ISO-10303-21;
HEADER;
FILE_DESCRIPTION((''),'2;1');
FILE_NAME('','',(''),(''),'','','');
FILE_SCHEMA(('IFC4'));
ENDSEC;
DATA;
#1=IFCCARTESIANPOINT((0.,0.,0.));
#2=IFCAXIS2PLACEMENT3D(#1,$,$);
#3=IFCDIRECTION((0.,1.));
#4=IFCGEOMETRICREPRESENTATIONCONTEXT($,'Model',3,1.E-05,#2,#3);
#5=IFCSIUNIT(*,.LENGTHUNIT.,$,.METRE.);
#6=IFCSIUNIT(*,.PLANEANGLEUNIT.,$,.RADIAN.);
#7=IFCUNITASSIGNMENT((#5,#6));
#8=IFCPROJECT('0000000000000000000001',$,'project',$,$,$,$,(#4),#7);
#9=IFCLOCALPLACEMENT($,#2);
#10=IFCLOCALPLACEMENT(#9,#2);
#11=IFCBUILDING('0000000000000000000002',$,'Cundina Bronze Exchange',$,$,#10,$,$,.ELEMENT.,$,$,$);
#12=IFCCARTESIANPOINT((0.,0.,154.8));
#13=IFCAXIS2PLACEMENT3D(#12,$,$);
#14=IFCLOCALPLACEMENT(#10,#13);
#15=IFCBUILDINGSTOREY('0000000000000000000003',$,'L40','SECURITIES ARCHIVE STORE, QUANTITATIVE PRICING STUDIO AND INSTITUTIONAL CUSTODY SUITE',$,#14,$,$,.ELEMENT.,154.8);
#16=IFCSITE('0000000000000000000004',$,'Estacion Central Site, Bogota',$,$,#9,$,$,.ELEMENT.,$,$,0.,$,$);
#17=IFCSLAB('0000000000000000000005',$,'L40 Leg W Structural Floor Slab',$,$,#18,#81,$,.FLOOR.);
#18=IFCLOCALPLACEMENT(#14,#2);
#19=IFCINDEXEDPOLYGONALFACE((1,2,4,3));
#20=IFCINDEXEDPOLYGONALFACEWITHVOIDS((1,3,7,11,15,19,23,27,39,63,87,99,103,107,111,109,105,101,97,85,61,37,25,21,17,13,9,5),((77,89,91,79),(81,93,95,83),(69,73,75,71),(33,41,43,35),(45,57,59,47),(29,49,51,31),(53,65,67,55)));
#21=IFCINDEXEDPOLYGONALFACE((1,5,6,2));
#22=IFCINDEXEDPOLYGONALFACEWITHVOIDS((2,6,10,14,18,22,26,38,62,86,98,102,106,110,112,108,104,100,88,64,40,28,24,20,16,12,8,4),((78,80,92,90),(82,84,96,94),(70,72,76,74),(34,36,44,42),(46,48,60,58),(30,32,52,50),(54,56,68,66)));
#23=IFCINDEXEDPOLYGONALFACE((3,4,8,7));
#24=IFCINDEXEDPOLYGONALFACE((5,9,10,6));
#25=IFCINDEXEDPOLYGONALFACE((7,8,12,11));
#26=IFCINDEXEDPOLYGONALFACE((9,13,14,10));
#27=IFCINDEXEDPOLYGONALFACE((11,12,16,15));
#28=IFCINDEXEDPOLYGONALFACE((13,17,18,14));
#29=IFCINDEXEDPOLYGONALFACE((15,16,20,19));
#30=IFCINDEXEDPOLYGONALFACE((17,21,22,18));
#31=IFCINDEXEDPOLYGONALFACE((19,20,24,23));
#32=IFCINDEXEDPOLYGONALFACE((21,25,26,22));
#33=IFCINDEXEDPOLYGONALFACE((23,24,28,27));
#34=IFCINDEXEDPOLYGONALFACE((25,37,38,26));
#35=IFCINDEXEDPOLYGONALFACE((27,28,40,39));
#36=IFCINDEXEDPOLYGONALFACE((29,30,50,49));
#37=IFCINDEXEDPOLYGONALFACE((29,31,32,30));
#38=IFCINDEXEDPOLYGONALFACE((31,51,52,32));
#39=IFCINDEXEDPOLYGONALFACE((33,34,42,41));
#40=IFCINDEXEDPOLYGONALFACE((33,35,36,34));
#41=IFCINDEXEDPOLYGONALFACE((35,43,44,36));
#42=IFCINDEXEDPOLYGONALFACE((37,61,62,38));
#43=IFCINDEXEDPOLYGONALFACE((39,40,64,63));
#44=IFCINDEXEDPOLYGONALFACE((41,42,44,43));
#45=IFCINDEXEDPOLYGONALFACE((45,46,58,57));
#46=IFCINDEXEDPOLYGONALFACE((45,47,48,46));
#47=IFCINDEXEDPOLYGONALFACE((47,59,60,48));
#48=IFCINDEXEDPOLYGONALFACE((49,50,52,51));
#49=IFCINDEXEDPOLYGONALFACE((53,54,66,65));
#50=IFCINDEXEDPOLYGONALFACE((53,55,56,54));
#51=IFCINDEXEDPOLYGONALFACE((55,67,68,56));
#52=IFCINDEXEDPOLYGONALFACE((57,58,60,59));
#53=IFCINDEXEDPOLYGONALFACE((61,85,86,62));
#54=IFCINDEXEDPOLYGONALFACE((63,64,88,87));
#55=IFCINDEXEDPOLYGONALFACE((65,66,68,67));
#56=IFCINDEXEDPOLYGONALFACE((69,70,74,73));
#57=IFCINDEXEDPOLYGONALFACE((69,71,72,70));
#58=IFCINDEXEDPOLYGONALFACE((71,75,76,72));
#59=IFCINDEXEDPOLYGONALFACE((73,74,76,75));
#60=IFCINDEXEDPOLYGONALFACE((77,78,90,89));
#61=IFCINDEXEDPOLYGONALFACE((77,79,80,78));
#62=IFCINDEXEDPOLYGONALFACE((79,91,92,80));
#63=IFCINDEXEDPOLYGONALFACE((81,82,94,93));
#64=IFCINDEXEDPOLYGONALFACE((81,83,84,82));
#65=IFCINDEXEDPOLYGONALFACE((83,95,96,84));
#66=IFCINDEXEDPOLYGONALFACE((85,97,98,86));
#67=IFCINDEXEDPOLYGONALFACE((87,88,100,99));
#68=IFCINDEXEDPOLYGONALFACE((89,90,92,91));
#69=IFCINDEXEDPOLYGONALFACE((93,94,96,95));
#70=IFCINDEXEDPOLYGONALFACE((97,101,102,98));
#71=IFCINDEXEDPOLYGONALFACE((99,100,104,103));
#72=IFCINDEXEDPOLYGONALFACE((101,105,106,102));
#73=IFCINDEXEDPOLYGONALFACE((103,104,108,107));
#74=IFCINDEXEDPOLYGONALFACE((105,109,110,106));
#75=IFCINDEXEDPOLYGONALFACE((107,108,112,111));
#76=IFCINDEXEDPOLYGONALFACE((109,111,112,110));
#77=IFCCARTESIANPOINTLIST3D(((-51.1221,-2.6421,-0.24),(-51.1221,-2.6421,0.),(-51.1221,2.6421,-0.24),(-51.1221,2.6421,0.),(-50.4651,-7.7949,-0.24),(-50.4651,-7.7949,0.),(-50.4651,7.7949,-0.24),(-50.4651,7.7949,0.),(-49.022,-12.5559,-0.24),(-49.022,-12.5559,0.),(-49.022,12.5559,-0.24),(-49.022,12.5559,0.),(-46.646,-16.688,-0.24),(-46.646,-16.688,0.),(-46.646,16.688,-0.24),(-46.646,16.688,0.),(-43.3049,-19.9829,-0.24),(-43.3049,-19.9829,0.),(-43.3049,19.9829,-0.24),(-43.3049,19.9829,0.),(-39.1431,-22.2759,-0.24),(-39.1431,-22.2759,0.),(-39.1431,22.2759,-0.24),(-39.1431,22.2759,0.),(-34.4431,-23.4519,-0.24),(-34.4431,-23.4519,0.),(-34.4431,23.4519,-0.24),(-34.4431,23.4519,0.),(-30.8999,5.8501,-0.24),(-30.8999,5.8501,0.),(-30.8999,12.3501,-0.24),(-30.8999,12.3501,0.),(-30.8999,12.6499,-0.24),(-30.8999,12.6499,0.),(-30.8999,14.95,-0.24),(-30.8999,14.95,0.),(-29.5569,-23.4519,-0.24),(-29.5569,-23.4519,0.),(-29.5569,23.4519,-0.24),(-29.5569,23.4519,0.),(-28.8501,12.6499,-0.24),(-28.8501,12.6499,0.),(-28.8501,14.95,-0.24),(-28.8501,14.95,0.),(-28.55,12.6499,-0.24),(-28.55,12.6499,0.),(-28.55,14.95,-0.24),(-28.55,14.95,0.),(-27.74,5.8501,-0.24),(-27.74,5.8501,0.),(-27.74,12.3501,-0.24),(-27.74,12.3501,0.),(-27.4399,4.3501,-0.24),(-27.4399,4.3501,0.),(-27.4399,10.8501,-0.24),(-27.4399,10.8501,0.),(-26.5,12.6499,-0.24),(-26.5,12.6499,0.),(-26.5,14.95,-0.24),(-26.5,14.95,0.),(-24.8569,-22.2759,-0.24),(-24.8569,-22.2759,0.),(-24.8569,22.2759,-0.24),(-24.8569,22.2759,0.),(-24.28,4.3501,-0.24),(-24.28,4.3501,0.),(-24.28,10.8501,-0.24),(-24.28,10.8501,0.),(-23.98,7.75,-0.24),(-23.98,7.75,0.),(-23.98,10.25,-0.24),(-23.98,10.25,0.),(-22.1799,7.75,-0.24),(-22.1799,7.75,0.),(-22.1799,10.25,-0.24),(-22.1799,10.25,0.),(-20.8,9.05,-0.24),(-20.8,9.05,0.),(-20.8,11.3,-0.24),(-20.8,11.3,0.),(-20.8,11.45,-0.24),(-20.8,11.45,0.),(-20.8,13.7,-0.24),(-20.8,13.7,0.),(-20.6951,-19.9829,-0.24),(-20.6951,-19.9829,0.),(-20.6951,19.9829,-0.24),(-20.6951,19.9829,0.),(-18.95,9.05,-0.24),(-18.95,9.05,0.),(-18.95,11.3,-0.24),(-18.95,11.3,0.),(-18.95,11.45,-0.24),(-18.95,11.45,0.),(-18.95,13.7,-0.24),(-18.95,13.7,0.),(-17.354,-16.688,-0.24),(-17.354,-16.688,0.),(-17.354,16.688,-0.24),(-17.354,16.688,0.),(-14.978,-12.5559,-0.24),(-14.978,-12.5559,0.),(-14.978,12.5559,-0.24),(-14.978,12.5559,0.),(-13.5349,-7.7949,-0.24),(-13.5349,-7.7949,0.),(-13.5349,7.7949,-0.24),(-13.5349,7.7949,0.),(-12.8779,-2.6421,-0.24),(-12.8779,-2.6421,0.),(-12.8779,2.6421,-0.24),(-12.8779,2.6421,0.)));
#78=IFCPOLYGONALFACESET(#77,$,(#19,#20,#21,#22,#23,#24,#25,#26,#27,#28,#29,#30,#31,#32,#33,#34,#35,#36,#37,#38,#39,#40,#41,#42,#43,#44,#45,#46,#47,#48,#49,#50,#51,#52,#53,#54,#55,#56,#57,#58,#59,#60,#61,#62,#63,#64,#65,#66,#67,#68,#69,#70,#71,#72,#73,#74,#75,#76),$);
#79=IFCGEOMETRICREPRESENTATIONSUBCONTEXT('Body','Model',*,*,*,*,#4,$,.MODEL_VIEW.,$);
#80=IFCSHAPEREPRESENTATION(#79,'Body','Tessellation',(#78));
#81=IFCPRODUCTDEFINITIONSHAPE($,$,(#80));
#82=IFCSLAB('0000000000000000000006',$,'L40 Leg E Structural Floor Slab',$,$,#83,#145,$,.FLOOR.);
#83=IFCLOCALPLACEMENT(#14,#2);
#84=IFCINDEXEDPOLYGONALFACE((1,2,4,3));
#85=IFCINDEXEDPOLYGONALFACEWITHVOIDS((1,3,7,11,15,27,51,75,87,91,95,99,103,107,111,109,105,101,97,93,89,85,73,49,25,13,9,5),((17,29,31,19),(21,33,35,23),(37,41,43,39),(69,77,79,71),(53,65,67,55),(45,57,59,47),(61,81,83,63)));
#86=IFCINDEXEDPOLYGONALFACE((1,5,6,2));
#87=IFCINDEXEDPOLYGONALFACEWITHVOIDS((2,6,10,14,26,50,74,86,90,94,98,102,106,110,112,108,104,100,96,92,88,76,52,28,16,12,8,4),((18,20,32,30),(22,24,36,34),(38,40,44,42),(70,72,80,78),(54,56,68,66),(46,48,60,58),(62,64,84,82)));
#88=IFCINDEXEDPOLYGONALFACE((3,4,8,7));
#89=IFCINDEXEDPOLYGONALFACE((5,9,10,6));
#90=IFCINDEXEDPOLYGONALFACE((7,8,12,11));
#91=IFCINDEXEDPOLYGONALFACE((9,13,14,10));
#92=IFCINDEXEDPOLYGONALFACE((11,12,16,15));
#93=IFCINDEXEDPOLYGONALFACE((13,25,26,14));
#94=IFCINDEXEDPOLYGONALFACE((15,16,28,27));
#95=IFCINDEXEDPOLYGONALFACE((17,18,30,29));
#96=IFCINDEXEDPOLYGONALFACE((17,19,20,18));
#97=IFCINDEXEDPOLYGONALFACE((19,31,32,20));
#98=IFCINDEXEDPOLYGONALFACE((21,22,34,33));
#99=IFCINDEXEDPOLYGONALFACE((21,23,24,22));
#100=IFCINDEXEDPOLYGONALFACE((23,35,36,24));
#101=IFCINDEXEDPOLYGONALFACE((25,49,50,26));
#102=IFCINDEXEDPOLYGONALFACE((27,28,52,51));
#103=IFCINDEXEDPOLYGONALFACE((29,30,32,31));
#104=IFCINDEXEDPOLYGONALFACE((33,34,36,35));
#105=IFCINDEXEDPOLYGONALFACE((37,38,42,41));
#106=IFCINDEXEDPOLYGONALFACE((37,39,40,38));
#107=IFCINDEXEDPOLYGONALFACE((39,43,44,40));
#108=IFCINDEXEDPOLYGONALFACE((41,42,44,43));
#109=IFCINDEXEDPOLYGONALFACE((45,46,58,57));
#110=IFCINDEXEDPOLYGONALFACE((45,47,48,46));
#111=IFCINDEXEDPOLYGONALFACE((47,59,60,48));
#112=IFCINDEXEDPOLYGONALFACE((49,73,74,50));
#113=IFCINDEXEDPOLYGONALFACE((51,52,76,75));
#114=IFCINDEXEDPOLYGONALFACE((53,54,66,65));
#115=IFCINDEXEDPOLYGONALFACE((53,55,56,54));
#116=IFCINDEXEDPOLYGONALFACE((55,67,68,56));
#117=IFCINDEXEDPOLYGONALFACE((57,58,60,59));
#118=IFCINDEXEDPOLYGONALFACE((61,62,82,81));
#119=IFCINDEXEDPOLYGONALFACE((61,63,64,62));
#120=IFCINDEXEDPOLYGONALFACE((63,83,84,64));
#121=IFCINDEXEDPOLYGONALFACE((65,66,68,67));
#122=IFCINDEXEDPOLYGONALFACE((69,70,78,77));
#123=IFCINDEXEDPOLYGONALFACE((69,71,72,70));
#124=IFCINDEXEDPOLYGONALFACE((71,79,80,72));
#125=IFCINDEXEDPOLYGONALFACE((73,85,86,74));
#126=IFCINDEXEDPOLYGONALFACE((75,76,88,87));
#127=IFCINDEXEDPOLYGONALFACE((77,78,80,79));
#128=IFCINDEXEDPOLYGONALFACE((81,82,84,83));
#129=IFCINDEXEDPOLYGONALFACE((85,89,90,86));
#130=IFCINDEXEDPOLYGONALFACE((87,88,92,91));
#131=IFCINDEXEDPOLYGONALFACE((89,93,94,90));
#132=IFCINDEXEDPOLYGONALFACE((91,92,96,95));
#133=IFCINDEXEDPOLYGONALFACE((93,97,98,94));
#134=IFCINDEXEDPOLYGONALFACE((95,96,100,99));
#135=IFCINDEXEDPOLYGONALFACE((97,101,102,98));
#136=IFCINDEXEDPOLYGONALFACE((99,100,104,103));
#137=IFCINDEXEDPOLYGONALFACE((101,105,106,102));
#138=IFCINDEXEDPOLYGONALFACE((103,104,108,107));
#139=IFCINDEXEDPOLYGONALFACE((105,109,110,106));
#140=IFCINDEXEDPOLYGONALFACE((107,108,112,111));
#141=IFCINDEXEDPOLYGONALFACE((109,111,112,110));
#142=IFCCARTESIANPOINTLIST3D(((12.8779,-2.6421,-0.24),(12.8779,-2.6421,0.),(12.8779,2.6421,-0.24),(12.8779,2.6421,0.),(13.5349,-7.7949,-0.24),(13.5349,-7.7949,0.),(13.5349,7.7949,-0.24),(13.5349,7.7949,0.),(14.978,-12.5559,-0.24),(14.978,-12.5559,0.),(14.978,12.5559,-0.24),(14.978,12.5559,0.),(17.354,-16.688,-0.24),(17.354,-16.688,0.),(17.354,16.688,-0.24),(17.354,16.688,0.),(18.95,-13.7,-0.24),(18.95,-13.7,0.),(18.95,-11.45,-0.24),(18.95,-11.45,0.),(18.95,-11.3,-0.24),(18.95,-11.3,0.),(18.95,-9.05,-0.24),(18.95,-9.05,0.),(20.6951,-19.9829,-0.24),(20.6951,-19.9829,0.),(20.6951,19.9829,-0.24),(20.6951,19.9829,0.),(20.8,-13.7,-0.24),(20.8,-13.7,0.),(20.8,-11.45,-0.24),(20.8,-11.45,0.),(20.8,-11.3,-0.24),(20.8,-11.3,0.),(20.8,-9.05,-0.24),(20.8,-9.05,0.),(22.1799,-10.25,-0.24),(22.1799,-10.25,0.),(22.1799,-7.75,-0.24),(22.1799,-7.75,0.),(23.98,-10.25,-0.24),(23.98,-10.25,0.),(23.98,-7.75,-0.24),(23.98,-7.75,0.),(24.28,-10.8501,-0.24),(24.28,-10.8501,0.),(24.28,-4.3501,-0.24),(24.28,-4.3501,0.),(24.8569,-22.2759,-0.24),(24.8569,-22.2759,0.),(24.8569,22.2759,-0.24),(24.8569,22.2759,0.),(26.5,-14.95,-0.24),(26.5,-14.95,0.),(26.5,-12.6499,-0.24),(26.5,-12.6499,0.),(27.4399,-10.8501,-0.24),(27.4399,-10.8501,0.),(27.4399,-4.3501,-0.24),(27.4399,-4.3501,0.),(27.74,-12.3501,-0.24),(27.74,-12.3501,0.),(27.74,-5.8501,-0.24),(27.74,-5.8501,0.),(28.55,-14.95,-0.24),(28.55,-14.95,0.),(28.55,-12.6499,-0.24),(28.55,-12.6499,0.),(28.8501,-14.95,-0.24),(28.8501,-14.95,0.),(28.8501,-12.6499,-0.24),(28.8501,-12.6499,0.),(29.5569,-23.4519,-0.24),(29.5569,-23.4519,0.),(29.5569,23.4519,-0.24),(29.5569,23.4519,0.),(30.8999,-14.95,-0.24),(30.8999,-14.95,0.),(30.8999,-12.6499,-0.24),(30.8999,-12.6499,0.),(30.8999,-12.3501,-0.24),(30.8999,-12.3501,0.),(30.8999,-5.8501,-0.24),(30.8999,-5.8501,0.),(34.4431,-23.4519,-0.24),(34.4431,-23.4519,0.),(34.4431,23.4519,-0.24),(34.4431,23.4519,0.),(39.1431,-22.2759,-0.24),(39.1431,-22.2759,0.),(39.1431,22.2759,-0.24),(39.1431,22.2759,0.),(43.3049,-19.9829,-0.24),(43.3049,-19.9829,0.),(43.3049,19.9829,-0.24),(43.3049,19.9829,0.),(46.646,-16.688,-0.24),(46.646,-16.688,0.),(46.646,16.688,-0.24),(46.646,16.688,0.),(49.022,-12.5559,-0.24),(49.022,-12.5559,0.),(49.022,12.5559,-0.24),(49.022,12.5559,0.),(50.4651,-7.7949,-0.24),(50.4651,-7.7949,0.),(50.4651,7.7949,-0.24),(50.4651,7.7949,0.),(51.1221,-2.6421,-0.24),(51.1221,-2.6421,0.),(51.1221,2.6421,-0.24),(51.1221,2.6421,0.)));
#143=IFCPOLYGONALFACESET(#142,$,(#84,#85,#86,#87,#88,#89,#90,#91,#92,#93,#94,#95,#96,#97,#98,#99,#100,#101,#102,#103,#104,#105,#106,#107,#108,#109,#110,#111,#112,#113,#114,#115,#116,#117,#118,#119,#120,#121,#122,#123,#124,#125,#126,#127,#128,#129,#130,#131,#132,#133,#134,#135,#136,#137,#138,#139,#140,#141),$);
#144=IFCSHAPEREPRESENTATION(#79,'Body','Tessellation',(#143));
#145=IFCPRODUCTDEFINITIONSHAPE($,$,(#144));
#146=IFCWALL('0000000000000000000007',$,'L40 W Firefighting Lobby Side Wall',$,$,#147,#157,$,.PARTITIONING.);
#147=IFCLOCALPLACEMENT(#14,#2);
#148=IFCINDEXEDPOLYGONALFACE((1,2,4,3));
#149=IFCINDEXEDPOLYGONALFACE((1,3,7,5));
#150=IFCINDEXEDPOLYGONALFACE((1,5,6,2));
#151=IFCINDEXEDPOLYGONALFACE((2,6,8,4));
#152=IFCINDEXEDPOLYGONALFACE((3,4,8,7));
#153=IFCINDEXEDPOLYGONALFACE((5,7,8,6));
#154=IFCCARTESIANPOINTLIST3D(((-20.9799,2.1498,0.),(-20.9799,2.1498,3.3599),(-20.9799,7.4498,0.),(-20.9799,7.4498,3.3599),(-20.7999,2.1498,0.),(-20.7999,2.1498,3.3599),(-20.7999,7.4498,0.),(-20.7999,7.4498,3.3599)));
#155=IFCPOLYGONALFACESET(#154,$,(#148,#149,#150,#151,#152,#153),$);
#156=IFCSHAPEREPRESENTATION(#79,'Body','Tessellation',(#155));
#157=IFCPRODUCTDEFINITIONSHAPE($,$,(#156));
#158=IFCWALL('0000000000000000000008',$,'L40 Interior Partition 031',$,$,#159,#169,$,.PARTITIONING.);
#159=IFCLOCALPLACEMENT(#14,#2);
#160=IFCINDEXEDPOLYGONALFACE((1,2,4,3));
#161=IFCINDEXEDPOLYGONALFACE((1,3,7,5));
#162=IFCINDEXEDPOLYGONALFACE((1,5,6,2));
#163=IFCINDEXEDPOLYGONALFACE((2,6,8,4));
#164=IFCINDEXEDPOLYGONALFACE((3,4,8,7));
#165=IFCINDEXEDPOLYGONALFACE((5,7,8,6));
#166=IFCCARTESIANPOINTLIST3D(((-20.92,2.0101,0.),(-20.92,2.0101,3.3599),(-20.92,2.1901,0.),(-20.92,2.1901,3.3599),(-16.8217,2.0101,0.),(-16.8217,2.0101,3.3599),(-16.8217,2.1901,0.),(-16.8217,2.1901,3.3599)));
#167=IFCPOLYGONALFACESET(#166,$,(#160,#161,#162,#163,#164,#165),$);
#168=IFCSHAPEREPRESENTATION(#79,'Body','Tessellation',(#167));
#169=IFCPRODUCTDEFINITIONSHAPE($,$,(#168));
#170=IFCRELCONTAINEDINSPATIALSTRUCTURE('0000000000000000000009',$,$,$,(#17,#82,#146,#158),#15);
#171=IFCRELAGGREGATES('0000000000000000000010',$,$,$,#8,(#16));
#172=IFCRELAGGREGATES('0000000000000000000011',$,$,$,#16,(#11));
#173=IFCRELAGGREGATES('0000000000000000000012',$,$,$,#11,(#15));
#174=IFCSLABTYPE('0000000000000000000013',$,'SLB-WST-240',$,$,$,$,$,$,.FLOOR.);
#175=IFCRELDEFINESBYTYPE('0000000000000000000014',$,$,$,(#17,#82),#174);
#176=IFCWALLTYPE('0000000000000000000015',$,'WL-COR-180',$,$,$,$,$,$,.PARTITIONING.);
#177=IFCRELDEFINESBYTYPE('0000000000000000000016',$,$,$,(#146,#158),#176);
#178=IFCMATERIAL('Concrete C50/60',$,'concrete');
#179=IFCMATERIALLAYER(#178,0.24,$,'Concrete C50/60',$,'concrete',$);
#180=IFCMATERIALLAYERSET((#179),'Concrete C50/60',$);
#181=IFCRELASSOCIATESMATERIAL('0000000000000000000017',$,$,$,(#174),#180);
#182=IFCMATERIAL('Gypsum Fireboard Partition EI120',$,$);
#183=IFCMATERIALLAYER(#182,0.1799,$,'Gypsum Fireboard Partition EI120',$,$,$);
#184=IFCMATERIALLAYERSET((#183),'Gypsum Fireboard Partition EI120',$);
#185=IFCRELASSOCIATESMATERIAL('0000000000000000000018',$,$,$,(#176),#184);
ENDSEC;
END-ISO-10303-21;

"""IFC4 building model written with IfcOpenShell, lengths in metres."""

from ifc_helpers import new_model, si_unit, direction, frame, frame_2d, origin, place, context, subcontext, project, spatial, polyline, rectangle, outline, extrude, material, layer, layer_set, type_object, element, save


model = new_model("IFC4")

# Units and contexts
model_context = context("Model", 3, precision=1e-05, world=origin(), true_north=direction((0.0, 1.0)))
body_context = subcontext(model_context, "Body", "Model", "MODEL_VIEW")
ifc_project = project(units=[si_unit("LENGTHUNIT", "METRE"), si_unit("PLANEANGLEUNIT", "RADIAN")], contexts=[model_context])

# Site, building, storey
site_placement = place(None, origin())
site = spatial("IfcSite", under=ifc_project, at=site_placement, Name="Estacion Central Site, Bogota", CompositionType="ELEMENT", RefElevation=0.0)
building_placement = place(site_placement, origin())
building = spatial("IfcBuilding", under=site, at=building_placement, Name="Cundina Bronze Exchange", CompositionType="ELEMENT")
storey_placement = place(building_placement, frame((0.0, 0.0, 154.8)))
storey = spatial("IfcBuildingStorey", under=building, at=storey_placement, Name="L40", Description="SECURITIES ARCHIVE STORE, QUANTITATIVE PRICING STUDIO AND INSTITUTIONAL CUSTODY SUITE", CompositionType="ELEMENT", Elevation=154.8)

# Shared definitions
ifc_material_1 = material(Name="Concrete C50/60", Category="concrete")

# Slabs
ifc_layer_1 = layer(ifc_material_1, 0.24, Name="Concrete C50/60", Category="concrete")
ifc_layer_set_1 = layer_set([ifc_layer_1], Name="Concrete C50/60")
slab_type_1 = type_object("IfcSlabType", Name="SLB-WST-240", PredefinedType="FLOOR", material=ifc_layer_set_1)
slab_1_placement = place(storey_placement, frame((0.0, 0.0, -0.24)))
element("IfcSlab", 1, at=slab_1_placement, inside=storey, type_object=slab_type_1, Name="L40 Leg W Structural Floor Slab", PredefinedType="FLOOR", context=body_context, shape_type="SweptSolid", body=[
    extrude(outline(polyline([(-12.8779, 2.6421), (-13.5349, 7.7949), (-14.978, 12.5559), (-17.354, 16.688), (-20.6951, 19.9829), (-24.8569, 22.2759), (-29.5569, 23.4519), (-34.4431, 23.4519), (-39.1431, 22.2759), (-43.3049, 19.9829), (-46.646, 16.688), (-49.022, 12.5559), (-50.4651, 7.7949), (-51.1221, 2.6421), (-51.1221, -2.6421), (-50.4651, -7.7949), (-49.022, -12.5559), (-46.646, -16.688), (-43.3049, -19.9829), (-39.1431, -22.2759), (-34.4431, -23.4519), (-29.5569, -23.4519), (-24.8569, -22.2759), (-20.6951, -19.9829), (-17.354, -16.688), (-14.978, -12.5559), (-13.5349, -7.7949), (-12.8779, -2.6421), (-12.8779, 2.6421)]), holes=[polyline([(-27.74, 5.8501), (-27.74, 12.3501), (-30.8999, 12.3501), (-30.8999, 5.8501), (-27.74, 5.8501)]), polyline([(-27.4399, 10.8501), (-27.4399, 4.3501), (-24.28, 4.3501), (-24.28, 10.8501), (-27.4399, 10.8501)]), polyline([(-23.98, 10.25), (-22.1799, 10.25), (-22.1799, 7.75), (-23.98, 7.75), (-23.98, 10.25)]), polyline([(-30.8999, 14.95), (-28.8501, 14.95), (-28.8501, 12.6499), (-30.8999, 12.6499), (-30.8999, 14.95)]), polyline([(-28.55, 14.95), (-26.5, 14.95), (-26.5, 12.6499), (-28.55, 12.6499), (-28.55, 14.95)]), polyline([(-20.8, 13.7), (-18.95, 13.7), (-18.95, 11.45), (-20.8, 11.45), (-20.8, 13.7)]), polyline([(-20.8, 11.3), (-18.95, 11.3), (-18.95, 9.05), (-20.8, 9.05), (-20.8, 11.3)])]), origin(), (0.0, 0.0, 1.0), 0.24),
])
slab_2_placement = place(storey_placement, frame((0.0, 0.0, -0.24)))
element("IfcSlab", 2, at=slab_2_placement, inside=storey, type_object=slab_type_1, Name="L40 Leg E Structural Floor Slab", PredefinedType="FLOOR", context=body_context, shape_type="SweptSolid", body=[
    extrude(outline(polyline([(51.1221, 2.6421), (50.4651, 7.7949), (49.022, 12.5559), (46.646, 16.688), (43.3049, 19.9829), (39.1431, 22.2759), (34.4431, 23.4519), (29.5569, 23.4519), (24.8569, 22.2759), (20.6951, 19.9829), (17.354, 16.688), (14.978, 12.5559), (13.5349, 7.7949), (12.8779, 2.6421), (12.8779, -2.6421), (13.5349, -7.7949), (14.978, -12.5559), (17.354, -16.688), (20.6951, -19.9829), (24.8569, -22.2759), (29.5569, -23.4519), (34.4431, -23.4519), (39.1431, -22.2759), (43.3049, -19.9829), (46.646, -16.688), (49.022, -12.5559), (50.4651, -7.7949), (51.1221, -2.6421), (51.1221, 2.6421)]), holes=[polyline([(27.74, -5.8501), (27.74, -12.3501), (30.8999, -12.3501), (30.8999, -5.8501), (27.74, -5.8501)]), polyline([(27.4399, -10.8501), (27.4399, -4.3501), (24.28, -4.3501), (24.28, -10.8501), (27.4399, -10.8501)]), polyline([(22.1799, -7.75), (23.98, -7.75), (23.98, -10.25), (22.1799, -10.25), (22.1799, -7.75)]), polyline([(28.8501, -12.6499), (30.8999, -12.6499), (30.8999, -14.95), (28.8501, -14.95), (28.8501, -12.6499)]), polyline([(26.5, -12.6499), (28.55, -12.6499), (28.55, -14.95), (26.5, -14.95), (26.5, -12.6499)]), polyline([(18.95, -11.45), (20.8, -11.45), (20.8, -13.7), (18.95, -13.7), (18.95, -11.45)]), polyline([(18.95, -9.05), (20.8, -9.05), (20.8, -11.3), (18.95, -11.3), (18.95, -9.05)])]), origin(), (0.0, 0.0, 1.0), 0.24),
])

# Walls
ifc_material_2 = material(Name="Gypsum Fireboard Partition EI120")
ifc_layer_2 = layer(ifc_material_2, 0.1799, Name="Gypsum Fireboard Partition EI120")
ifc_layer_set_2 = layer_set([ifc_layer_2], Name="Gypsum Fireboard Partition EI120")
wall_type = type_object("IfcWallType", Name="WL-COR-180", PredefinedType="PARTITIONING", material=ifc_layer_set_2)
wall_1_placement = place(storey_placement, frame((-20.8899, 2.1499, 0.0), z_axis=(0.0, 0.0, 1.0), x_axis=(0.0, 1.0, 0.0)))
element("IfcWall", 3, at=wall_1_placement, inside=storey, type_object=wall_type, Name="L40 W Firefighting Lobby Side Wall", PredefinedType="PARTITIONING", context=body_context, shape_type="SweptSolid", body=[
    extrude(rectangle(XDim=5.3, YDim=0.1799, at=frame_2d((2.6499, 0.0))), origin(), (0.0, 0.0, 1.0), 3.3599),
])
wall_2_placement = place(storey_placement, frame((-16.8215, 2.1001, 0.0), z_axis=(0.0, 0.0, 1.0), x_axis=(-1.0, 0.0, 0.0)))
element("IfcWall", 4, at=wall_2_placement, inside=storey, type_object=wall_type, Name="L40 Interior Partition 031", PredefinedType="PARTITIONING", context=body_context, shape_type="SweptSolid", body=[
    extrude(rectangle(XDim=4.0984, YDim=0.1799, at=frame_2d((2.0493, 0.0))), origin(), (0.0, 0.0, 1.0), 3.3599),
])

save(model, "model.ifc")
